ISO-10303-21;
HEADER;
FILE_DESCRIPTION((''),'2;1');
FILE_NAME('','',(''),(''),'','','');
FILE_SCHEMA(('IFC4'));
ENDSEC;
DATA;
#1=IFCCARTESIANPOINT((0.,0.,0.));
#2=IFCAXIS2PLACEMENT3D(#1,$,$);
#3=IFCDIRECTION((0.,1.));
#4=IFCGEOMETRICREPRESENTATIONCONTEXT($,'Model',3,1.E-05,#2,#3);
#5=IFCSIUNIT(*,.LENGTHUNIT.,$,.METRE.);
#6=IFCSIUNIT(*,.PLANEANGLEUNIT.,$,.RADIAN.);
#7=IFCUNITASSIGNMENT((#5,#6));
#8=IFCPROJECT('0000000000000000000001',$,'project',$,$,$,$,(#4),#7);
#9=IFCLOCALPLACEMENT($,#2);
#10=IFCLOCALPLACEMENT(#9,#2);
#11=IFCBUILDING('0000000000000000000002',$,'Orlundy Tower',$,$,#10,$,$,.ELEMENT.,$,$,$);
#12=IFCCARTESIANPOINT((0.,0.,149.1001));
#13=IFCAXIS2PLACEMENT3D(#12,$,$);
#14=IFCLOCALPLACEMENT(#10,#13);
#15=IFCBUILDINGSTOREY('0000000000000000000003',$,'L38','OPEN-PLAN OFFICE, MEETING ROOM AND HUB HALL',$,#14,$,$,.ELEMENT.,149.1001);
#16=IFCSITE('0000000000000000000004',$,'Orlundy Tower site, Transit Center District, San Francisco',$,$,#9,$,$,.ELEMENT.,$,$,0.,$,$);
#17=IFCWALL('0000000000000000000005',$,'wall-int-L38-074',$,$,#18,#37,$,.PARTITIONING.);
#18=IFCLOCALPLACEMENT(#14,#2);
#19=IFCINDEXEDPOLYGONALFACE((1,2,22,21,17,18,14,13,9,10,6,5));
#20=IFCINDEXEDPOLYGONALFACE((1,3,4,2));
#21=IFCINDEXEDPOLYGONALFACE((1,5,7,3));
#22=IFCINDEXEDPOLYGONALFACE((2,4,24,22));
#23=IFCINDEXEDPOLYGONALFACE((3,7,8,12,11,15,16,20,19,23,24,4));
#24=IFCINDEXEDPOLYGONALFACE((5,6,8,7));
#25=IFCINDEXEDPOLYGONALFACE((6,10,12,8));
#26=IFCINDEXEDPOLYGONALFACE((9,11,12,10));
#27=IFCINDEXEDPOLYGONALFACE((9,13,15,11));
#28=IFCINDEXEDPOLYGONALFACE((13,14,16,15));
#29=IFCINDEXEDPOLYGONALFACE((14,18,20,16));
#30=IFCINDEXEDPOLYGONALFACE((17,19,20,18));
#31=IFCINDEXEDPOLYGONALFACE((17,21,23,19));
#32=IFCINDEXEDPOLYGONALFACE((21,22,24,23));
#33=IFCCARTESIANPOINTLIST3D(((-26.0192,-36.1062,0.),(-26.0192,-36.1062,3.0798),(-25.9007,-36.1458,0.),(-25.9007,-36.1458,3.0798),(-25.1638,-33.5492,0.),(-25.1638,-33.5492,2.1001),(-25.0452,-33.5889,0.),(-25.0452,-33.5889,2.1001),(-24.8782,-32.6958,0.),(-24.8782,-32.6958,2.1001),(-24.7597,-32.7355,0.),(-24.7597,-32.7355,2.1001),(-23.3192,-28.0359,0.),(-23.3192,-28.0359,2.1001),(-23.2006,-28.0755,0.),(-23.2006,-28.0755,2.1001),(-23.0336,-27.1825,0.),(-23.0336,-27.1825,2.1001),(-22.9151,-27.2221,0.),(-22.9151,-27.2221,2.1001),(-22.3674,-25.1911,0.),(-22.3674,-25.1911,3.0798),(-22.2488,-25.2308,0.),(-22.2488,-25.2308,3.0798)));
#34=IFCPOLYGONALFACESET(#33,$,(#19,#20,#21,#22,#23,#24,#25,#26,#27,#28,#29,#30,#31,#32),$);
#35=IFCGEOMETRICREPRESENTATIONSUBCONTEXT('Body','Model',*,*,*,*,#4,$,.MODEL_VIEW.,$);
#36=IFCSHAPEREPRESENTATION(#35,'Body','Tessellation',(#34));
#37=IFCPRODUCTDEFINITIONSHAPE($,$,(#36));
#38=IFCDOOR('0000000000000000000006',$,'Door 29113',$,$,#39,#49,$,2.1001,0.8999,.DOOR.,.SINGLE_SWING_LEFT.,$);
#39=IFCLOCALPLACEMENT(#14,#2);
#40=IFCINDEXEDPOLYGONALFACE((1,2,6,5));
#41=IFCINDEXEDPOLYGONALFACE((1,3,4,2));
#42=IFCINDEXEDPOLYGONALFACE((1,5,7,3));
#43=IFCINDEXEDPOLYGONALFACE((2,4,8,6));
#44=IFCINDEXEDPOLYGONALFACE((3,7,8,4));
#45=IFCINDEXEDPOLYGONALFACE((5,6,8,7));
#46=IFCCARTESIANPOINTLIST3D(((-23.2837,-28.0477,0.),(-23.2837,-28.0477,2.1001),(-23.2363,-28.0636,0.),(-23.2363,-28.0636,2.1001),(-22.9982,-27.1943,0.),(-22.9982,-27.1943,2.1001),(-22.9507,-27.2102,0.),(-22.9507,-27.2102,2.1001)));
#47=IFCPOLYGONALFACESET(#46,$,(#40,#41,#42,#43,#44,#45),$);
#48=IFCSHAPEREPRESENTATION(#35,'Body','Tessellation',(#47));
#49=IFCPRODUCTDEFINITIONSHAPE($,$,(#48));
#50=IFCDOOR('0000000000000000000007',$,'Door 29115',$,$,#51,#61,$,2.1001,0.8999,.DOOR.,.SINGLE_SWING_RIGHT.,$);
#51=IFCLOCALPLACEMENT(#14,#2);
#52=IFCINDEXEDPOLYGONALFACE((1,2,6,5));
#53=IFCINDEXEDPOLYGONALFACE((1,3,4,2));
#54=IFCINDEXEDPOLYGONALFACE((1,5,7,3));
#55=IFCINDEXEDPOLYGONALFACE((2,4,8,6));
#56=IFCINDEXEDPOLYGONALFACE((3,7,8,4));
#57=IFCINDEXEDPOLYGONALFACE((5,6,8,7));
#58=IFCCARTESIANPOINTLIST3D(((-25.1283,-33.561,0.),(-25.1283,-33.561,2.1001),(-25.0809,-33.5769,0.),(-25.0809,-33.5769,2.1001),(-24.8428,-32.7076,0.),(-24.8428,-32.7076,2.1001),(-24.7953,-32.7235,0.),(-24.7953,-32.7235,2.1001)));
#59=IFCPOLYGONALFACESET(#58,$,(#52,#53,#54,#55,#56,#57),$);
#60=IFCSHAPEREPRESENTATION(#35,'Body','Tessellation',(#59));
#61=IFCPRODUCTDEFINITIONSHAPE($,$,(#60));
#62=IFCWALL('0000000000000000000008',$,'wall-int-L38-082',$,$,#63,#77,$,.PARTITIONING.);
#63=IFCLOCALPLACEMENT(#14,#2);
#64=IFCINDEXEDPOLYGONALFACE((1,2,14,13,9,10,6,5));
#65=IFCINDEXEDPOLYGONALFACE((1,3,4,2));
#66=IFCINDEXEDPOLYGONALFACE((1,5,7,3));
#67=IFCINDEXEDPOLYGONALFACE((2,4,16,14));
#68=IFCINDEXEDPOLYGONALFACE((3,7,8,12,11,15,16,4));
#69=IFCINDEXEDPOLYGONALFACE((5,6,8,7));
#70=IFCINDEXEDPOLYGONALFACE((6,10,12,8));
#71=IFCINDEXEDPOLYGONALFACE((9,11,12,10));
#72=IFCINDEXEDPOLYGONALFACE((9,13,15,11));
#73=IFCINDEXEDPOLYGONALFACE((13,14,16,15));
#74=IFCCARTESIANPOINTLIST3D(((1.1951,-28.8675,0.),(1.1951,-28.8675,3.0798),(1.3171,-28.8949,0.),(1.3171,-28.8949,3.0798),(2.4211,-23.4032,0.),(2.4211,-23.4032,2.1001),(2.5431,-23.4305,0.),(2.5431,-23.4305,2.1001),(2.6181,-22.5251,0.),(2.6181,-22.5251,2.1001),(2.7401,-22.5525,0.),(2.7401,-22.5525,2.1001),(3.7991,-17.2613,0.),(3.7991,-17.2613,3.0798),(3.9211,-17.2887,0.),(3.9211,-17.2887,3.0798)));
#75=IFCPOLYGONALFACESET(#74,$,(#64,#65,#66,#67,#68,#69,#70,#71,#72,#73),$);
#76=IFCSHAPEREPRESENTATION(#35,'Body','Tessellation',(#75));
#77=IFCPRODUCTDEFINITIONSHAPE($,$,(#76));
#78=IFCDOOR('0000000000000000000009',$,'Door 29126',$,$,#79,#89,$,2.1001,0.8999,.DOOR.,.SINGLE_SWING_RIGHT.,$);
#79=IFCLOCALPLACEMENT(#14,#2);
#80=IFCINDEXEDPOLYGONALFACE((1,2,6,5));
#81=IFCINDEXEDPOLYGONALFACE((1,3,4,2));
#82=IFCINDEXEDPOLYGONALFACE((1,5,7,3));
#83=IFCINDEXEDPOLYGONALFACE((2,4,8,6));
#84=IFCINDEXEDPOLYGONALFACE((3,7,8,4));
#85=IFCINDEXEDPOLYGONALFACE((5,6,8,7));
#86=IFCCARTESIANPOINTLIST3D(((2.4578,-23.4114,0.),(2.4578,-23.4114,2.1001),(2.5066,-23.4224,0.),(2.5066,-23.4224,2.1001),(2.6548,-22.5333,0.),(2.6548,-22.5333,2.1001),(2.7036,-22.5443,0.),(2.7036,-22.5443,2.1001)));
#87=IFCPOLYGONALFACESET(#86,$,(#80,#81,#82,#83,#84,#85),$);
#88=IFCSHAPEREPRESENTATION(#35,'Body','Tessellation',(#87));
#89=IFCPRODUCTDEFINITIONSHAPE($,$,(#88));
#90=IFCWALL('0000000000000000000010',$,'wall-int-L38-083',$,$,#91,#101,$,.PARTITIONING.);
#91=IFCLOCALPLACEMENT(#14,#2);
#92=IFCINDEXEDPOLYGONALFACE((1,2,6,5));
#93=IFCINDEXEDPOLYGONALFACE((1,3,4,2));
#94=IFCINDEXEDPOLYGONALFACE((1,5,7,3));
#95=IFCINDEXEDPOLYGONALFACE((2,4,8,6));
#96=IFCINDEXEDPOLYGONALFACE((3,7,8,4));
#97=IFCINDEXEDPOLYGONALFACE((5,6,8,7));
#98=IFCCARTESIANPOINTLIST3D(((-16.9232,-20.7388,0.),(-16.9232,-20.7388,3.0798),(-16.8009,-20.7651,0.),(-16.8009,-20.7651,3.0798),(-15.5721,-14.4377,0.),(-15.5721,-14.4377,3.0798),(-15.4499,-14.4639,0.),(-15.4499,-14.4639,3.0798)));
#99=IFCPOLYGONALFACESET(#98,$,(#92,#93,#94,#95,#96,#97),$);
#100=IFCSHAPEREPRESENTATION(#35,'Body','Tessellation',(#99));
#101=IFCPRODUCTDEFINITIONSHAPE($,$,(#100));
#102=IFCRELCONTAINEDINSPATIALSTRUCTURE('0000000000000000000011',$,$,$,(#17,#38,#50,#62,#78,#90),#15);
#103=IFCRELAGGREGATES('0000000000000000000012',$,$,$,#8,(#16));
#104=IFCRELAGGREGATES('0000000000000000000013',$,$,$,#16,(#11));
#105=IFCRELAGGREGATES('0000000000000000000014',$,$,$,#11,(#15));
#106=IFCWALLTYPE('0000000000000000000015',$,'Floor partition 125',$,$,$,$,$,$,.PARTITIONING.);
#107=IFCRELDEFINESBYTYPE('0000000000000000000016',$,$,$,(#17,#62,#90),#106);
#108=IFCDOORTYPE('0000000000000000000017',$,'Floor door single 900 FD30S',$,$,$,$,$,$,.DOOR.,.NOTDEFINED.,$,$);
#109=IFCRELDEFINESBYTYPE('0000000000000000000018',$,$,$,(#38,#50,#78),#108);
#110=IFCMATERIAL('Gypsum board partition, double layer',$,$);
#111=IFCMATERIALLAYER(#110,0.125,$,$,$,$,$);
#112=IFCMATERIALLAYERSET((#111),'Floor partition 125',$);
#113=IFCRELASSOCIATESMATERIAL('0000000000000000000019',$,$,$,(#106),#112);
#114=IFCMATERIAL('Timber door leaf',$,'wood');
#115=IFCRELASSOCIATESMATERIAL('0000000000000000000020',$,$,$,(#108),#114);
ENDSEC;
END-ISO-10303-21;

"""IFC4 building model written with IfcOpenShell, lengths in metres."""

from ifc_helpers import new_model, si_unit, direction, frame, frame_2d, origin, place, context, subcontext, project, spatial, rectangle, extrude, material, layer, layer_set, type_object, element, fill, save


model = new_model("IFC4")

# Units and contexts
model_context = context("Model", 3, precision=1e-05, world=origin(), true_north=direction((0.0, 1.0)))
body_context = subcontext(model_context, "Body", "Model", "MODEL_VIEW")
ifc_project = project(units=[si_unit("LENGTHUNIT", "METRE"), si_unit("PLANEANGLEUNIT", "RADIAN")], contexts=[model_context])

# Site, building, storey
site_placement = place(None, origin())
site = spatial("IfcSite", under=ifc_project, at=site_placement, Name="Orlundy Tower site, Transit Center District, San Francisco", CompositionType="ELEMENT", RefElevation=0.0)
building_placement = place(site_placement, origin())
building = spatial("IfcBuilding", under=site, at=building_placement, Name="Orlundy Tower", CompositionType="ELEMENT")
storey_placement = place(building_placement, frame((0.0, 0.0, 149.1001)))
storey = spatial("IfcBuildingStorey", under=building, at=storey_placement, Name="L38", Description="OPEN-PLAN OFFICE, MEETING ROOM AND HUB HALL", CompositionType="ELEMENT", Elevation=149.1001)

# Shared definitions
ifc_material_1 = material(Name="Gypsum board partition, double layer")
ifc_layer_1 = layer(ifc_material_1, 0.125)
ifc_layer_set_1 = layer_set([ifc_layer_1], Name="Floor partition 125")
wall_type_1 = type_object("IfcWallType", Name="Floor partition 125", PredefinedType="PARTITIONING", material=ifc_layer_set_1)

# Shared definitions
ifc_material_2 = material(Name="Timber door leaf", Category="wood")
door_type = type_object("IfcDoorType", Name="Floor door single 900 FD30S", OperationType="NOTDEFINED", PredefinedType="DOOR", material=ifc_material_2)

# Wall, openings, doors
wall_1_placement = place(storey_placement, frame((-22.3081, -25.2109, 0.0), z_axis=(0.0, 0.0, 1.0), x_axis=(-0.317284, -0.948331, 0.0)))
wall_1 = element("IfcWall", 1, at=wall_1_placement, inside=storey, type_object=wall_type_1, Name="wall-int-L38-074", PredefinedType="PARTITIONING", context=body_context, shape_type="SweptSolid", body=[
    extrude(rectangle(XDim=11.5098, YDim=0.125, at=frame_2d((5.7549, 0.0))), origin(), (0.0, 0.0, 1.0), 3.0798),
])
opening_1_placement = place(wall_1_placement, frame((2.0999, 0.0, 0.0)))
opening_1 = element("IfcOpeningElement", 2, at=opening_1_placement, cuts=wall_1, PredefinedType="OPENING", context=body_context, shape_type="SweptSolid", body=[
    extrude(rectangle(XDim=0.8999, YDim=2.1001, at=frame_2d((0.45, 1.05))), frame((0.0, 0.0725, 0.0), z_axis=(0.0, -1.0, 0.0), x_axis=(1.0, 0.0, 0.0)), (0.0, 0.0, 1.0), 0.145),
])
opening_2_placement = place(wall_1_placement, frame((7.9136, 0.0, 0.0)))
opening_2 = element("IfcOpeningElement", 3, at=opening_2_placement, cuts=wall_1, PredefinedType="OPENING", context=body_context, shape_type="SweptSolid", body=[
    extrude(rectangle(XDim=0.8999, YDim=2.1001, at=frame_2d((0.45, 1.05))), frame((0.0, 0.0725, 0.0), z_axis=(0.0, -1.0, 0.0), x_axis=(1.0, 0.0, 0.0)), (0.0, 0.0, 1.0), 0.145),
])
door_1_placement = place(opening_1_placement, origin())
door_1 = element("IfcDoor", 4, at=door_1_placement, inside=storey, type_object=door_type, Name="Door 29113", OperationType="SINGLE_SWING_LEFT", OverallHeight=2.1001, OverallWidth=0.8999, PredefinedType="DOOR", context=body_context, shape_type="SweptSolid", body=[
    extrude(rectangle(XDim=0.8999, YDim=2.1001, at=frame_2d((0.45, 1.05))), frame((0.0, 0.0249, 0.0), z_axis=(0.0, -1.0, 0.0), x_axis=(1.0, 0.0, 0.0)), (0.0, 0.0, 1.0), 0.05),
])
fill(opening_1, door_1)
door_2_placement = place(opening_2_placement, origin())
door_2 = element("IfcDoor", 5, at=door_2_placement, inside=storey, type_object=door_type, Name="Door 29115", OperationType="SINGLE_SWING_RIGHT", OverallHeight=2.1001, OverallWidth=0.8999, PredefinedType="DOOR", context=body_context, shape_type="SweptSolid", body=[
    extrude(rectangle(XDim=0.8999, YDim=2.1001, at=frame_2d((0.45, 1.05))), frame((0.0, 0.0249, 0.0), z_axis=(0.0, -1.0, 0.0), x_axis=(1.0, 0.0, 0.0)), (0.0, 0.0, 1.0), 0.05),
])
fill(opening_2, door_2)

# Wall, opening, door
wall_2_placement = place(storey_placement, frame((1.2561, -28.8811, 0.0), z_axis=(0.0, 0.0, 1.0), x_axis=(0.218921, 0.975743, 0.0)))
wall_2 = element("IfcWall", 6, at=wall_2_placement, inside=storey, type_object=wall_type_1, Name="wall-int-L38-082", PredefinedType="PARTITIONING", context=body_context, shape_type="SweptSolid", body=[
    extrude(rectangle(XDim=11.8948, YDim=0.125, at=frame_2d((5.9473, 0.0))), origin(), (0.0, 0.0, 1.0), 3.0798),
])
opening_3_placement = place(wall_2_placement, frame((5.6001, 0.0, 0.0)))
opening_3 = element("IfcOpeningElement", 7, at=opening_3_placement, cuts=wall_2, PredefinedType="OPENING", context=body_context, shape_type="SweptSolid", body=[
    extrude(rectangle(XDim=0.8999, YDim=2.1001, at=frame_2d((0.45, 1.05))), frame((0.0, 0.0725, 0.0), z_axis=(0.0, -1.0, 0.0), x_axis=(1.0, 0.0, 0.0)), (0.0, 0.0, 1.0), 0.145),
])
door_3_placement = place(opening_3_placement, origin())
door_3 = element("IfcDoor", 8, at=door_3_placement, inside=storey, type_object=door_type, Name="Door 29126", OperationType="SINGLE_SWING_RIGHT", OverallHeight=2.1001, OverallWidth=0.8999, PredefinedType="DOOR", context=body_context, shape_type="SweptSolid", body=[
    extrude(rectangle(XDim=0.8999, YDim=2.1001, at=frame_2d((0.45, 1.05))), frame((0.0, 0.0249, 0.0), z_axis=(0.0, -1.0, 0.0), x_axis=(1.0, 0.0, 0.0)), (0.0, 0.0, 1.0), 0.05),
])
fill(opening_3, door_3)

# Wall
wall_3_placement = place(storey_placement, frame((-16.8621, -20.752, 0.0), z_axis=(0.0, 0.0, 1.0), x_axis=(0.209656, 0.977775, 0.0)))
element("IfcWall", 9, at=wall_3_placement, inside=storey, type_object=wall_type_1, Name="wall-int-L38-083", PredefinedType="PARTITIONING", context=body_context, shape_type="SweptSolid", body=[
    extrude(rectangle(XDim=6.4443, YDim=0.125, at=frame_2d((3.2222, 0.0))), origin(), (0.0, 0.0, 1.0), 3.0798),
])

save(model, "model.ifc")
